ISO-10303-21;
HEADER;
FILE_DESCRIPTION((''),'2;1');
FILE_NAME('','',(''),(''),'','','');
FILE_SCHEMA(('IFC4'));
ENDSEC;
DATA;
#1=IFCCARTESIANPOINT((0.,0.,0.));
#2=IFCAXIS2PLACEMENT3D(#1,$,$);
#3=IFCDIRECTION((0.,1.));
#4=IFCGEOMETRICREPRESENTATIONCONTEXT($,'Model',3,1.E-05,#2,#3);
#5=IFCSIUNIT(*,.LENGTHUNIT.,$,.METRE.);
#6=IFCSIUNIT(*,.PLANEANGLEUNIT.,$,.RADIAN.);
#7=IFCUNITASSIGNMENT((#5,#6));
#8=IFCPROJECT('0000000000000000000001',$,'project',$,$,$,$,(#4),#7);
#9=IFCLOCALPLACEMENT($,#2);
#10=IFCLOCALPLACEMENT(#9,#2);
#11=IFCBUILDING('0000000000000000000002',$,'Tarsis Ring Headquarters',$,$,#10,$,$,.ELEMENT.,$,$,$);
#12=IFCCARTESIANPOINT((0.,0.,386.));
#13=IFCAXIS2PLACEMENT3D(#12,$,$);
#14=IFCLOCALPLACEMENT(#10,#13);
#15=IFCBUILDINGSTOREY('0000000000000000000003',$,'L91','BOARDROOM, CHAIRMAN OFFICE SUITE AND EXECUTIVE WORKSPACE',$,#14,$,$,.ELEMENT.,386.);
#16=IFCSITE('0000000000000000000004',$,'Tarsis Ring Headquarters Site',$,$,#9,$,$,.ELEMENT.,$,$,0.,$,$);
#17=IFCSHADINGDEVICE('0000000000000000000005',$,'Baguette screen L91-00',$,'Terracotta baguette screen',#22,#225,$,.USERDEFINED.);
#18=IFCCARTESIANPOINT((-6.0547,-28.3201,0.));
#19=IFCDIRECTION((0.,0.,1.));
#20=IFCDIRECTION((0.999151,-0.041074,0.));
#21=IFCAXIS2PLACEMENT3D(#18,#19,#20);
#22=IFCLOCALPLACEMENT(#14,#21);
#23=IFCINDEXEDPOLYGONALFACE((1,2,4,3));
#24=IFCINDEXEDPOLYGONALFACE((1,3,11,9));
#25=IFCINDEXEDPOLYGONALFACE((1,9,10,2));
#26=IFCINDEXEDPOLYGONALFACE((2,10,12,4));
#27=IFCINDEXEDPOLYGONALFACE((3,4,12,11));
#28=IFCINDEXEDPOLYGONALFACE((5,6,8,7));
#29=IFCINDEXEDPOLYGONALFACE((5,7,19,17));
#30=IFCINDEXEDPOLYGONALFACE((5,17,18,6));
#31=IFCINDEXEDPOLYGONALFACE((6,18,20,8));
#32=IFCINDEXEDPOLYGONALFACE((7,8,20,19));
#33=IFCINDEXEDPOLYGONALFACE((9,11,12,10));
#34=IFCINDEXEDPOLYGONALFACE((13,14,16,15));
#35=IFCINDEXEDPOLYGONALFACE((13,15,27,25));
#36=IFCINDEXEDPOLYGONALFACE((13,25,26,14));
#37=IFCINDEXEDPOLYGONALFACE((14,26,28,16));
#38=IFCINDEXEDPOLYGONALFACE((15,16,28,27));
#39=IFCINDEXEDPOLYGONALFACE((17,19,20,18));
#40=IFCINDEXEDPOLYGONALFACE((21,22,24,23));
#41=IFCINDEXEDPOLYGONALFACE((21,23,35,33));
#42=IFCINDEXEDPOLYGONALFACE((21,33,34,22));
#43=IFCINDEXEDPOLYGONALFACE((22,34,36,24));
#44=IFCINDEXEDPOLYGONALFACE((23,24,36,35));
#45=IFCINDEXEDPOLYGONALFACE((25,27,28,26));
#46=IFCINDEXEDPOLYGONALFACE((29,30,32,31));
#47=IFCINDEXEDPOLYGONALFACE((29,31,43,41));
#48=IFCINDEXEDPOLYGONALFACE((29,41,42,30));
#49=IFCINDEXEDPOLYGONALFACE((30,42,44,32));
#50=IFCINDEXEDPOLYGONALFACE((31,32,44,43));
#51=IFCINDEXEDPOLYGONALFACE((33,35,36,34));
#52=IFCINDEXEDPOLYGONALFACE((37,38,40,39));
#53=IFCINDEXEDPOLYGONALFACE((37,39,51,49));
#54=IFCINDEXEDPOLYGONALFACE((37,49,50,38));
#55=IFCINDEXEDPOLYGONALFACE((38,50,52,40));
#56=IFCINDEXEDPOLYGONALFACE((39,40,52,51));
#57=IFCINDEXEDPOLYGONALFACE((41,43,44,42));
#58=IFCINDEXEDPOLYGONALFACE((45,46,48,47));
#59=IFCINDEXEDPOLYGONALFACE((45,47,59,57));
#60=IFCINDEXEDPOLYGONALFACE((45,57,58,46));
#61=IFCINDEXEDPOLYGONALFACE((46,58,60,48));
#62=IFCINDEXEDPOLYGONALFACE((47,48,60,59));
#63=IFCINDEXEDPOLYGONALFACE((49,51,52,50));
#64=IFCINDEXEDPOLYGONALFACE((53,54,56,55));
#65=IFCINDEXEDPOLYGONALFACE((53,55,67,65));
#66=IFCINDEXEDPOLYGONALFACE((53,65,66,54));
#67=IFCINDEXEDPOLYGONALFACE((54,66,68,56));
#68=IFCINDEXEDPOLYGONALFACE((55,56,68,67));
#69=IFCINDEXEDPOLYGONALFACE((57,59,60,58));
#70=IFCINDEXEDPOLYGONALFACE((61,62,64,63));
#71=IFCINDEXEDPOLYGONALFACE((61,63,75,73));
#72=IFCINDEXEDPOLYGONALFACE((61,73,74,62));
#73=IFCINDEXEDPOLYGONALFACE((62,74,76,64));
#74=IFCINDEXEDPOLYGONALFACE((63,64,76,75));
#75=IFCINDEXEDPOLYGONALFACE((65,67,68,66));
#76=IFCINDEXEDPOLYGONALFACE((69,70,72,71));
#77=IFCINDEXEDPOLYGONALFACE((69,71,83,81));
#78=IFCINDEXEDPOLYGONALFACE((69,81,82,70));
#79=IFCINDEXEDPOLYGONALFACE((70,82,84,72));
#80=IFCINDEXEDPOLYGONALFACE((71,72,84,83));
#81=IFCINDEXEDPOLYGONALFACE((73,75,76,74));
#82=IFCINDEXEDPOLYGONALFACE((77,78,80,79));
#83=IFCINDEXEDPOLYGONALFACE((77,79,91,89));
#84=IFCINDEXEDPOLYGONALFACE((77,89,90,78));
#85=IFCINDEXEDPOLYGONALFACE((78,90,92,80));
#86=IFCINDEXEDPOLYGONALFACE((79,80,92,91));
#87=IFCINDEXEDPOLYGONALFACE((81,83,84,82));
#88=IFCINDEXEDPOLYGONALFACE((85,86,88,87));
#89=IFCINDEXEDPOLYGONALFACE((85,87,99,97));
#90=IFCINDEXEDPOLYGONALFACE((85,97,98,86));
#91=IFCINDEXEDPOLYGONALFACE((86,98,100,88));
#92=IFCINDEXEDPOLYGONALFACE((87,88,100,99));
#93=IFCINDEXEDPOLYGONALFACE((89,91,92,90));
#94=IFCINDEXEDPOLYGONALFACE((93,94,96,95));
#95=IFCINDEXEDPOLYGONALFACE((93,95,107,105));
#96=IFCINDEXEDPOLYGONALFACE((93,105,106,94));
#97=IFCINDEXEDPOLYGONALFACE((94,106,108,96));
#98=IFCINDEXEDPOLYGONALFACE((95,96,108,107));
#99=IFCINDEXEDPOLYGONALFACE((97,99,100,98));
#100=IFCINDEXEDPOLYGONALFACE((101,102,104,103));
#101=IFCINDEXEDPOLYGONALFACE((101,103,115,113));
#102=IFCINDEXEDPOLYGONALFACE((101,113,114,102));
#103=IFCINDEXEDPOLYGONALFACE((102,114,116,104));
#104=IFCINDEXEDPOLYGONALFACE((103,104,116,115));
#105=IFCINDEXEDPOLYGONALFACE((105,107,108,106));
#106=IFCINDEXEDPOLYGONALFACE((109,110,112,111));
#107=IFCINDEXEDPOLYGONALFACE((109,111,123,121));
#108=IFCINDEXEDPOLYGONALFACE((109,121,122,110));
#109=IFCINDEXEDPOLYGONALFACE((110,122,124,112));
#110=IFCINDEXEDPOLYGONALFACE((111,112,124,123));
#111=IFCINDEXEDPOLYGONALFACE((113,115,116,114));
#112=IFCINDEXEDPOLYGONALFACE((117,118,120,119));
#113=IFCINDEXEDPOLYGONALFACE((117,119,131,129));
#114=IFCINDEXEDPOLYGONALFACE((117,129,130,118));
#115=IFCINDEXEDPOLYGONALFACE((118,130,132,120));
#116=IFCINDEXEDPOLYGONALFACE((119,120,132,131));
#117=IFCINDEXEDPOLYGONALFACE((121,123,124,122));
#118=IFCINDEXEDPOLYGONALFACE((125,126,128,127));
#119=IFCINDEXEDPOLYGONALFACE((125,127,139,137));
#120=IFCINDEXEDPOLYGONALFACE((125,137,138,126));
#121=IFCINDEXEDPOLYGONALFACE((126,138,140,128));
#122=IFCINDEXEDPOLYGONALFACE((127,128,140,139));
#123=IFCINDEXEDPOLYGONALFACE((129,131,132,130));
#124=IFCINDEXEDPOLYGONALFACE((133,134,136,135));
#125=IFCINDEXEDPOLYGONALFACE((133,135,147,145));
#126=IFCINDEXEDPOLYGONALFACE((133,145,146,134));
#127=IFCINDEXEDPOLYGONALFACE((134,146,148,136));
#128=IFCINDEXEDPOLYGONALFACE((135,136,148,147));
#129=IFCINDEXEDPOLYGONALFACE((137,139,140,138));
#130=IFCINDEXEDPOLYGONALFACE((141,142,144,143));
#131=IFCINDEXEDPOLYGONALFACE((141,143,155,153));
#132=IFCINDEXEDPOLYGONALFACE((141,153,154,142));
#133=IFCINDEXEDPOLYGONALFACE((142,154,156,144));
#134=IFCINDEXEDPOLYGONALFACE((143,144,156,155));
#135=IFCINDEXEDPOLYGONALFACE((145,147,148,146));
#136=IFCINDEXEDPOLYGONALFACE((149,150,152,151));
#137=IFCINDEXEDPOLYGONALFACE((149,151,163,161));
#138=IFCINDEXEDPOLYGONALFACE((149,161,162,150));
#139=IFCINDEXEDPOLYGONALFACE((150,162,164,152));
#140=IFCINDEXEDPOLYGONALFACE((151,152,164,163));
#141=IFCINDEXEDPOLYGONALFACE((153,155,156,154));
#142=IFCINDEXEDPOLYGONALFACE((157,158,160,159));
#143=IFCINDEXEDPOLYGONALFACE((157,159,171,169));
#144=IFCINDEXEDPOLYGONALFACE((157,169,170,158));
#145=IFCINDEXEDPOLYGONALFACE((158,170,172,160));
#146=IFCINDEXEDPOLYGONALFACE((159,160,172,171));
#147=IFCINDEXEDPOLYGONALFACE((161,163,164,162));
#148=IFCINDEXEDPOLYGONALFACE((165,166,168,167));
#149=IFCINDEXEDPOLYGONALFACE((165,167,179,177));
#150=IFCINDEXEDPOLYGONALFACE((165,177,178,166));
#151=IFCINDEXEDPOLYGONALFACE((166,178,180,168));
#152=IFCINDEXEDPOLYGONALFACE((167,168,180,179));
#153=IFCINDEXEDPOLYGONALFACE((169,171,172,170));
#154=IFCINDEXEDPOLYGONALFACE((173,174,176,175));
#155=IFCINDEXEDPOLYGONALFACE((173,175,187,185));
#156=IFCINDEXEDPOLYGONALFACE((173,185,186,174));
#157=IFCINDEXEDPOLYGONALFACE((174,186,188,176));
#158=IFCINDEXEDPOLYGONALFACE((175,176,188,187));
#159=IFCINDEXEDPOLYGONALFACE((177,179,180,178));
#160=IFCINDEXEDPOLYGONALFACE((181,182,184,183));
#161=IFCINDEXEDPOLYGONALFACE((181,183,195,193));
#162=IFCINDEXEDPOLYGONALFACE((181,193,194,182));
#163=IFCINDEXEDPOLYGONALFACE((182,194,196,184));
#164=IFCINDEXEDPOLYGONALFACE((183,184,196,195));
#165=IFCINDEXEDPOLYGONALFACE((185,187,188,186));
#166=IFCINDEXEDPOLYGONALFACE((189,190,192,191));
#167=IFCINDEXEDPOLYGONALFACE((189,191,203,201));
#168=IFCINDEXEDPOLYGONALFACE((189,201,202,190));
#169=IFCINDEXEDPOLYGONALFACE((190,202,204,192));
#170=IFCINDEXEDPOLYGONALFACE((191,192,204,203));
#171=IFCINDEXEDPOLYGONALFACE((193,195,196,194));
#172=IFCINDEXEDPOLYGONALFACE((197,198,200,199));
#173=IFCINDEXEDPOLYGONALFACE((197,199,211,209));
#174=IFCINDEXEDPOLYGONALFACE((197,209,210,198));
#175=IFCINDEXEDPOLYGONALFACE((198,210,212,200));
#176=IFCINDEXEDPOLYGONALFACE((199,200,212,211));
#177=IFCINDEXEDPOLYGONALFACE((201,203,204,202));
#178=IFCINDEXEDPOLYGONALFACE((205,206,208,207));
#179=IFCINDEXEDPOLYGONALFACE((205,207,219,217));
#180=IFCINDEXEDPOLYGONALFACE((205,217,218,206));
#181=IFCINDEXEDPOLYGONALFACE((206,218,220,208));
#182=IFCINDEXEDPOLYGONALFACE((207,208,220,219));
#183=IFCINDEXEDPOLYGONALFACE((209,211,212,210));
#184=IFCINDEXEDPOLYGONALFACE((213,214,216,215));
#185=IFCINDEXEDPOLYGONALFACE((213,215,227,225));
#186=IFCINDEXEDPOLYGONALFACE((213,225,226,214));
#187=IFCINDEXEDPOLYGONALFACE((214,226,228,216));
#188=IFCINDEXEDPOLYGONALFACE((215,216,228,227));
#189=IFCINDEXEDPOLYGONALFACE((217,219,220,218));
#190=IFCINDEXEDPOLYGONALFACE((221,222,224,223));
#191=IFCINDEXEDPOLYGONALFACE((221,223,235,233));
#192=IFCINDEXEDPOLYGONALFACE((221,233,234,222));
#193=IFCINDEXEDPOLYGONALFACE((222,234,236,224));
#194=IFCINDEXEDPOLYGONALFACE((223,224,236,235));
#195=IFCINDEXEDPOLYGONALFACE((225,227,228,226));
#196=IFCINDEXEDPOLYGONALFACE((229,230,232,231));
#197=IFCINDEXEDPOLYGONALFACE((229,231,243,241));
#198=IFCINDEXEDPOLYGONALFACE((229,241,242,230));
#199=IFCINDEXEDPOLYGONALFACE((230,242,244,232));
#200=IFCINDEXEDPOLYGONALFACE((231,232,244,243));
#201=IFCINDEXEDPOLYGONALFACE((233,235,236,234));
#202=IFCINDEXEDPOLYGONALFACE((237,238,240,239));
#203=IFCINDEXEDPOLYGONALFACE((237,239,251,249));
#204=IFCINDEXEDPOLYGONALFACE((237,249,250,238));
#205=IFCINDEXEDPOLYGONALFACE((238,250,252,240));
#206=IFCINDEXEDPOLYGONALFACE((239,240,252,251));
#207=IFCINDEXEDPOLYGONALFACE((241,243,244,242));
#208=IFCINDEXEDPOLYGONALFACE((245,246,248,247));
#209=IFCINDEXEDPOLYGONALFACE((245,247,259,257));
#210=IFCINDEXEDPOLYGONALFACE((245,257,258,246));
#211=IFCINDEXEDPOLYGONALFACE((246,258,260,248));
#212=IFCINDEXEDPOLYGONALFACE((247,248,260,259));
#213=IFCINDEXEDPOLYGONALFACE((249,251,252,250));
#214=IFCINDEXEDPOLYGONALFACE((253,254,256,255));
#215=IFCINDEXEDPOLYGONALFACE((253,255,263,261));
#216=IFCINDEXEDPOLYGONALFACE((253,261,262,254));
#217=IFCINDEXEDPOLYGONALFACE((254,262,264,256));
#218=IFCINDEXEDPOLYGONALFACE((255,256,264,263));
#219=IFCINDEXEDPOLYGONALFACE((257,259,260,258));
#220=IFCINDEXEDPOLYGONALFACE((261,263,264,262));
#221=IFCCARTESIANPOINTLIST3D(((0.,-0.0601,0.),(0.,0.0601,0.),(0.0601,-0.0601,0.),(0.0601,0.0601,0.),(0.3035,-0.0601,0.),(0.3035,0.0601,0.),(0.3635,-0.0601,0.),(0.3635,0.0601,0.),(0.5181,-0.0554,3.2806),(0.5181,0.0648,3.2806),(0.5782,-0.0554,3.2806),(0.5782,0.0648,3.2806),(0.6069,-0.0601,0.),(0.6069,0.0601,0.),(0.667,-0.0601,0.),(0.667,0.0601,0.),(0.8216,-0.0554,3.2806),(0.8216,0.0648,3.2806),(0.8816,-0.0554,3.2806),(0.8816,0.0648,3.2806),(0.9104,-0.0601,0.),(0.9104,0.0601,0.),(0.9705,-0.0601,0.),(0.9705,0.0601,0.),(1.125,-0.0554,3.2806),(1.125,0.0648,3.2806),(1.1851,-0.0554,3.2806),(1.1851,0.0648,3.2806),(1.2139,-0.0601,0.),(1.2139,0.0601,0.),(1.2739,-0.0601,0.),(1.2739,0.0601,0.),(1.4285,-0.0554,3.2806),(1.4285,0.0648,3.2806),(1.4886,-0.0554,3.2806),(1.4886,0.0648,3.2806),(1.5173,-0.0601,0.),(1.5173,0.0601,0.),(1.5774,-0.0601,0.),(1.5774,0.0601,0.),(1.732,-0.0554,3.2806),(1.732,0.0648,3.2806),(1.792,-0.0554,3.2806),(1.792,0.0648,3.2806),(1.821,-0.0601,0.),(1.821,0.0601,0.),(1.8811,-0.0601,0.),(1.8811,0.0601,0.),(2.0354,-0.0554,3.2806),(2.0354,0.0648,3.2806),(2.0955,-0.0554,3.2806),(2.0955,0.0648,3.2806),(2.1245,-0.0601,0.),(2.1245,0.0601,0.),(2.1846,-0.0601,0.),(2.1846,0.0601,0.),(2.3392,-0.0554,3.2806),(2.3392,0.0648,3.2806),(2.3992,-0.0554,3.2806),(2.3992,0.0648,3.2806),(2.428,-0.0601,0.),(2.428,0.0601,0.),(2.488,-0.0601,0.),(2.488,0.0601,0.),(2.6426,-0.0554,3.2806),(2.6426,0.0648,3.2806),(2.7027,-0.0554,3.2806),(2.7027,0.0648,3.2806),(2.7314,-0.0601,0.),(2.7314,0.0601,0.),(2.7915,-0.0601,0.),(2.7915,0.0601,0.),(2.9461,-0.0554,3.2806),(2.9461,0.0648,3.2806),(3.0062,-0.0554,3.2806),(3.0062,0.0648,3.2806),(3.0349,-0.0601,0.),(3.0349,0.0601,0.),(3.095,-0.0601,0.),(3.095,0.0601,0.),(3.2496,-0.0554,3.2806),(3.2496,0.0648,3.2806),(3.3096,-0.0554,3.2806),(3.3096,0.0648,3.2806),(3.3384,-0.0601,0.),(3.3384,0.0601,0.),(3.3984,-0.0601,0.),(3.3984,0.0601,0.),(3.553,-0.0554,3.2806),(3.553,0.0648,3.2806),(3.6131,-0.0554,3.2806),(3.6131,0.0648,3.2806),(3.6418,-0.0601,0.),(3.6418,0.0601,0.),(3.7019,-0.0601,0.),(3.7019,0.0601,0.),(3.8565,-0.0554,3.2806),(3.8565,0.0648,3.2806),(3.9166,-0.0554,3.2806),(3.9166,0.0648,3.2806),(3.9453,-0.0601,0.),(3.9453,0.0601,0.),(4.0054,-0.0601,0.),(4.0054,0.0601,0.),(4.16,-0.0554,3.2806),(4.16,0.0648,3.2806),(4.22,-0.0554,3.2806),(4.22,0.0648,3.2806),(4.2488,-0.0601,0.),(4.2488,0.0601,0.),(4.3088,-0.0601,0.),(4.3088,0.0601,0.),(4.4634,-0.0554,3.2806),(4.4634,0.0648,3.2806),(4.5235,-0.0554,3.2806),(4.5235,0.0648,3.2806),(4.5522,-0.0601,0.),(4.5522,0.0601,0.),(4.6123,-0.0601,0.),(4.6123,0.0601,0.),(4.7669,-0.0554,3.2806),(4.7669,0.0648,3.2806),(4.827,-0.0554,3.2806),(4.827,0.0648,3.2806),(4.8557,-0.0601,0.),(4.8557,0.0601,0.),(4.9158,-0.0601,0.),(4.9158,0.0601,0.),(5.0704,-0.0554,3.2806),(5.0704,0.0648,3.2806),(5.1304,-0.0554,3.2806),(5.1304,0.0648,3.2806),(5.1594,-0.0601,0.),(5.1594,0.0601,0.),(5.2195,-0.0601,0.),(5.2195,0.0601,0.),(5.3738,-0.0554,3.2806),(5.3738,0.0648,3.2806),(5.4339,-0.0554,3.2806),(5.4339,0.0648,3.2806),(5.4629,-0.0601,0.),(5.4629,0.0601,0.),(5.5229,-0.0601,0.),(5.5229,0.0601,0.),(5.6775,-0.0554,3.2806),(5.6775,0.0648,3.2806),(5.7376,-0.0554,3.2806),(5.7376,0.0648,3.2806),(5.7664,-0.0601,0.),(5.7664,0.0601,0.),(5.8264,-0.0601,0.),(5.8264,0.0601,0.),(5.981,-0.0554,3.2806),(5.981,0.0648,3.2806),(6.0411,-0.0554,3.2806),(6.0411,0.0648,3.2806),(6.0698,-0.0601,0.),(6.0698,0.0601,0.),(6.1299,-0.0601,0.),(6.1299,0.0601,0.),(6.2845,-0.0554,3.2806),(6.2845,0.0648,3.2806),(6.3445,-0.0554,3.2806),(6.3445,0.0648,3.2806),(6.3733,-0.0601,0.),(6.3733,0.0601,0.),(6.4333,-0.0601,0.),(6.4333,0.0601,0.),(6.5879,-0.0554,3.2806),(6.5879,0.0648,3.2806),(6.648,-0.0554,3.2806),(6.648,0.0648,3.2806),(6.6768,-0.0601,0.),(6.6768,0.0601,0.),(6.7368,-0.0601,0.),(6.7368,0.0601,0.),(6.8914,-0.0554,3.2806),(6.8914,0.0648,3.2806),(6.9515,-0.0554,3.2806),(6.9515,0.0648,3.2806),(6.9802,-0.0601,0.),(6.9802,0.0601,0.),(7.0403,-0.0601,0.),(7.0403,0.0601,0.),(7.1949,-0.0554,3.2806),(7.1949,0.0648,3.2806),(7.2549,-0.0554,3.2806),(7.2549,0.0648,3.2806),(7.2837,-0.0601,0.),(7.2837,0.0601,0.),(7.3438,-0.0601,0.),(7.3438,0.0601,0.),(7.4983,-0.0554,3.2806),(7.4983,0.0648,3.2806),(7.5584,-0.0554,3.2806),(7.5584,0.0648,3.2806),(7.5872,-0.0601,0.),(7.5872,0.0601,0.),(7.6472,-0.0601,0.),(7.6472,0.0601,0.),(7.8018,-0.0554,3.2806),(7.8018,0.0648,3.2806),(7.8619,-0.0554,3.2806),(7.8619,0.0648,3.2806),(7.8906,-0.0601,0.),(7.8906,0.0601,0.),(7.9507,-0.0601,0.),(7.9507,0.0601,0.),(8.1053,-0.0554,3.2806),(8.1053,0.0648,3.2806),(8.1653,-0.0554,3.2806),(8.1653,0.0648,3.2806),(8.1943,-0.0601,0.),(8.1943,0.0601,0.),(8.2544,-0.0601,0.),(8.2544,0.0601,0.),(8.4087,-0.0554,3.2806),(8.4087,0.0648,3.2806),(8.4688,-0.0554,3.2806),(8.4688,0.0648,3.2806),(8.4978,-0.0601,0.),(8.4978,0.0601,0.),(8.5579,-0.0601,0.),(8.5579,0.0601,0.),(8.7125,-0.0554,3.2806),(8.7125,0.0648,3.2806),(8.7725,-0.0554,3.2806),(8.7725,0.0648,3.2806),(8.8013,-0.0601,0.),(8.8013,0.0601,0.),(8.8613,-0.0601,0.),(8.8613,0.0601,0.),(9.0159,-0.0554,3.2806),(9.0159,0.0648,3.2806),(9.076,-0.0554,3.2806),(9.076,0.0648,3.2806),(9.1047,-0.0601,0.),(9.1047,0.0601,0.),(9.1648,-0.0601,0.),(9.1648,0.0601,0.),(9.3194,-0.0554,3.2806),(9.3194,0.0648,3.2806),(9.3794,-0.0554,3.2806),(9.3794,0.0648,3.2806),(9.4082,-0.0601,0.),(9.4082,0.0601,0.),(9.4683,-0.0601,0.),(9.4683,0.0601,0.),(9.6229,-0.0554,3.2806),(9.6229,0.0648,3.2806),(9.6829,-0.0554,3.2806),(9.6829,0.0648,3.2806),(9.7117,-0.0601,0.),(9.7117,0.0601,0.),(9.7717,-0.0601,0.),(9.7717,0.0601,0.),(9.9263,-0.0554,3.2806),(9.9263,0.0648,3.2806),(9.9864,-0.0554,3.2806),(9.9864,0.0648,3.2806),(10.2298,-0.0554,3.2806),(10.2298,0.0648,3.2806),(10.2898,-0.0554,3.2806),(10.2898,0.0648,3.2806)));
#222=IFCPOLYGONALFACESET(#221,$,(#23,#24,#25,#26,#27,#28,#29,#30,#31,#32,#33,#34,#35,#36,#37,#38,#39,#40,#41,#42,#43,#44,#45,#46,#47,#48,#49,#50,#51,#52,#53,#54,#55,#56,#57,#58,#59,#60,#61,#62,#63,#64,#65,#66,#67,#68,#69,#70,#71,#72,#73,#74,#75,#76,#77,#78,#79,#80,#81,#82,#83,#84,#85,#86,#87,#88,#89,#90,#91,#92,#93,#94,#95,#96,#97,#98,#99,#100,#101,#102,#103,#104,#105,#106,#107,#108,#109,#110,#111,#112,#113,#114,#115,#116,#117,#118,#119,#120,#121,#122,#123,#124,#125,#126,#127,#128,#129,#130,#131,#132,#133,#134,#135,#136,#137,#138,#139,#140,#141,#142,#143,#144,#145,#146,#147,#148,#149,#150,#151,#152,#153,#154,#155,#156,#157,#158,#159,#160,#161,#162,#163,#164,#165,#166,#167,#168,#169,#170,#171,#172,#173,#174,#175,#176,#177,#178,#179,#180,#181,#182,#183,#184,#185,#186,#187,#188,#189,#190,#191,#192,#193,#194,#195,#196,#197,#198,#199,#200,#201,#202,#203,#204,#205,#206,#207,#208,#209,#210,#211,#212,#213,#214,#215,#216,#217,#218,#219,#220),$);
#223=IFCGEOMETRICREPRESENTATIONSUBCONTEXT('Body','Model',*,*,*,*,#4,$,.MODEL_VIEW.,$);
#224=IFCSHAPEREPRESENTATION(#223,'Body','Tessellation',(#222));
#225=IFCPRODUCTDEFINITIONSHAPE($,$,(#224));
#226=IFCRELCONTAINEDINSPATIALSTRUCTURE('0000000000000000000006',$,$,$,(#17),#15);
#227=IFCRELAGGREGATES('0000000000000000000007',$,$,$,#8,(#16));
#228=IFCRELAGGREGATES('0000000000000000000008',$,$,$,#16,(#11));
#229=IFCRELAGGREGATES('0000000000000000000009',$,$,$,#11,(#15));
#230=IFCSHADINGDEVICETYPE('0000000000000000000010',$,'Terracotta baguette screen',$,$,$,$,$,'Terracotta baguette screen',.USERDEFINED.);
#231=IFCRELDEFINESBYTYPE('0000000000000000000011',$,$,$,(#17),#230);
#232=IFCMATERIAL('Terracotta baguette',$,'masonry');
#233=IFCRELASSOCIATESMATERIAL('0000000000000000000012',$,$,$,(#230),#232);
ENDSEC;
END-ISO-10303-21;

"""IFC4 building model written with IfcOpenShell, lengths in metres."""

from ifc_helpers import new_model, si_unit, direction, frame, frame_2d, origin, place, context, subcontext, project, spatial, rectangle, composite_profile, extrude, material, type_object, element, save


model = new_model("IFC4")

# Units and contexts
model_context = context("Model", 3, precision=1e-05, world=origin(), true_north=direction((0.0, 1.0)))
body_context = subcontext(model_context, "Body", "Model", "MODEL_VIEW")
ifc_project = project(units=[si_unit("LENGTHUNIT", "METRE"), si_unit("PLANEANGLEUNIT", "RADIAN")], contexts=[model_context])

# Site, building, storey
site_placement = place(None, origin())
site = spatial("IfcSite", under=ifc_project, at=site_placement, Name="Tarsis Ring Headquarters Site", CompositionType="ELEMENT", RefElevation=0.0)
building_placement = place(site_placement, origin())
building = spatial("IfcBuilding", under=site, at=building_placement, Name="Tarsis Ring Headquarters", CompositionType="ELEMENT")
storey_placement = place(building_placement, frame((0.0, 0.0, 386.0)))
storey = spatial("IfcBuildingStorey", under=building, at=storey_placement, Name="L91", Description="BOARDROOM, CHAIRMAN OFFICE SUITE AND EXECUTIVE WORKSPACE", CompositionType="ELEMENT", Elevation=386.0)

# Shading device
ifc_material_1 = material(Name="Terracotta baguette", Category="masonry")
shading_device_type = type_object("IfcShadingDeviceType", Name="Terracotta baguette screen", ElementType="Terracotta baguette screen", PredefinedType="USERDEFINED", material=ifc_material_1)
shading_device_placement = place(storey_placement, frame((-6.0547, -28.3201, 0.0), z_axis=(0.0, 0.0, 1.0), x_axis=(0.999151, -0.041074, 0.0)))
element("IfcShadingDevice", 1, at=shading_device_placement, inside=storey, type_object=shading_device_type, Name="Baguette screen L91-00", ObjectType="Terracotta baguette screen", PredefinedType="USERDEFINED", context=body_context, shape_type="SweptSolid", body=[
    extrude(composite_profile([rectangle(XDim=0.0601, YDim=0.1201, at=frame_2d((0.03, 0.0))), rectangle(XDim=0.0601, YDim=0.1201, at=frame_2d((0.3335, 0.0))), rectangle(XDim=0.0601, YDim=0.1201, at=frame_2d((0.637, 0.0))), rectangle(XDim=0.0601, YDim=0.1201, at=frame_2d((0.9404, 0.0))), rectangle(XDim=0.0601, YDim=0.1201, at=frame_2d((1.2439, 0.0))), rectangle(XDim=0.0601, YDim=0.1201, at=frame_2d((1.5474, 0.0))), rectangle(XDim=0.0601, YDim=0.1201, at=frame_2d((1.8511, 0.0))), rectangle(XDim=0.0601, YDim=0.1201, at=frame_2d((2.1545, 0.0))), rectangle(XDim=0.0601, YDim=0.1201, at=frame_2d((2.458, 0.0))), rectangle(XDim=0.0601, YDim=0.1201, at=frame_2d((2.7615, 0.0))), rectangle(XDim=0.0601, YDim=0.1201, at=frame_2d((3.0649, 0.0))), rectangle(XDim=0.0601, YDim=0.1201, at=frame_2d((3.3684, 0.0))), rectangle(XDim=0.0601, YDim=0.1201, at=frame_2d((3.6719, 0.0))), rectangle(XDim=0.0601, YDim=0.1201, at=frame_2d((3.9753, 0.0))), rectangle(XDim=0.0601, YDim=0.1201, at=frame_2d((4.2788, 0.0))), rectangle(XDim=0.0601, YDim=0.1201, at=frame_2d((4.5823, 0.0))), rectangle(XDim=0.0601, YDim=0.1201, at=frame_2d((4.8857, 0.0))), rectangle(XDim=0.0601, YDim=0.1201, at=frame_2d((5.1895, 0.0))), rectangle(XDim=0.0601, YDim=0.1201, at=frame_2d((5.4929, 0.0))), rectangle(XDim=0.0601, YDim=0.1201, at=frame_2d((5.7964, 0.0))), rectangle(XDim=0.0601, YDim=0.1201, at=frame_2d((6.0999, 0.0))), rectangle(XDim=0.0601, YDim=0.1201, at=frame_2d((6.4033, 0.0))), rectangle(XDim=0.0601, YDim=0.1201, at=frame_2d((6.7068, 0.0))), rectangle(XDim=0.0601, YDim=0.1201, at=frame_2d((7.0103, 0.0))), rectangle(XDim=0.0601, YDim=0.1201, at=frame_2d((7.3137, 0.0))), rectangle(XDim=0.0601, YDim=0.1201, at=frame_2d((7.6172, 0.0))), rectangle(XDim=0.0601, YDim=0.1201, at=frame_2d((7.9207, 0.0))), rectangle(XDim=0.0601, YDim=0.1201, at=frame_2d((8.2244, 0.0))), rectangle(XDim=0.0601, YDim=0.1201, at=frame_2d((8.5278, 0.0))), rectangle(XDim=0.0601, YDim=0.1201, at=frame_2d((8.8313, 0.0))), rectangle(XDim=0.0601, YDim=0.1201, at=frame_2d((9.1348, 0.0))), rectangle(XDim=0.0601, YDim=0.1201, at=frame_2d((9.4382, 0.0))), rectangle(XDim=0.0601, YDim=0.1201, at=frame_2d((9.7417, 0.0)))]), origin(), (0.155998, 0.001413, 0.987756), 3.3213),
])

save(model, "model.ifc")
